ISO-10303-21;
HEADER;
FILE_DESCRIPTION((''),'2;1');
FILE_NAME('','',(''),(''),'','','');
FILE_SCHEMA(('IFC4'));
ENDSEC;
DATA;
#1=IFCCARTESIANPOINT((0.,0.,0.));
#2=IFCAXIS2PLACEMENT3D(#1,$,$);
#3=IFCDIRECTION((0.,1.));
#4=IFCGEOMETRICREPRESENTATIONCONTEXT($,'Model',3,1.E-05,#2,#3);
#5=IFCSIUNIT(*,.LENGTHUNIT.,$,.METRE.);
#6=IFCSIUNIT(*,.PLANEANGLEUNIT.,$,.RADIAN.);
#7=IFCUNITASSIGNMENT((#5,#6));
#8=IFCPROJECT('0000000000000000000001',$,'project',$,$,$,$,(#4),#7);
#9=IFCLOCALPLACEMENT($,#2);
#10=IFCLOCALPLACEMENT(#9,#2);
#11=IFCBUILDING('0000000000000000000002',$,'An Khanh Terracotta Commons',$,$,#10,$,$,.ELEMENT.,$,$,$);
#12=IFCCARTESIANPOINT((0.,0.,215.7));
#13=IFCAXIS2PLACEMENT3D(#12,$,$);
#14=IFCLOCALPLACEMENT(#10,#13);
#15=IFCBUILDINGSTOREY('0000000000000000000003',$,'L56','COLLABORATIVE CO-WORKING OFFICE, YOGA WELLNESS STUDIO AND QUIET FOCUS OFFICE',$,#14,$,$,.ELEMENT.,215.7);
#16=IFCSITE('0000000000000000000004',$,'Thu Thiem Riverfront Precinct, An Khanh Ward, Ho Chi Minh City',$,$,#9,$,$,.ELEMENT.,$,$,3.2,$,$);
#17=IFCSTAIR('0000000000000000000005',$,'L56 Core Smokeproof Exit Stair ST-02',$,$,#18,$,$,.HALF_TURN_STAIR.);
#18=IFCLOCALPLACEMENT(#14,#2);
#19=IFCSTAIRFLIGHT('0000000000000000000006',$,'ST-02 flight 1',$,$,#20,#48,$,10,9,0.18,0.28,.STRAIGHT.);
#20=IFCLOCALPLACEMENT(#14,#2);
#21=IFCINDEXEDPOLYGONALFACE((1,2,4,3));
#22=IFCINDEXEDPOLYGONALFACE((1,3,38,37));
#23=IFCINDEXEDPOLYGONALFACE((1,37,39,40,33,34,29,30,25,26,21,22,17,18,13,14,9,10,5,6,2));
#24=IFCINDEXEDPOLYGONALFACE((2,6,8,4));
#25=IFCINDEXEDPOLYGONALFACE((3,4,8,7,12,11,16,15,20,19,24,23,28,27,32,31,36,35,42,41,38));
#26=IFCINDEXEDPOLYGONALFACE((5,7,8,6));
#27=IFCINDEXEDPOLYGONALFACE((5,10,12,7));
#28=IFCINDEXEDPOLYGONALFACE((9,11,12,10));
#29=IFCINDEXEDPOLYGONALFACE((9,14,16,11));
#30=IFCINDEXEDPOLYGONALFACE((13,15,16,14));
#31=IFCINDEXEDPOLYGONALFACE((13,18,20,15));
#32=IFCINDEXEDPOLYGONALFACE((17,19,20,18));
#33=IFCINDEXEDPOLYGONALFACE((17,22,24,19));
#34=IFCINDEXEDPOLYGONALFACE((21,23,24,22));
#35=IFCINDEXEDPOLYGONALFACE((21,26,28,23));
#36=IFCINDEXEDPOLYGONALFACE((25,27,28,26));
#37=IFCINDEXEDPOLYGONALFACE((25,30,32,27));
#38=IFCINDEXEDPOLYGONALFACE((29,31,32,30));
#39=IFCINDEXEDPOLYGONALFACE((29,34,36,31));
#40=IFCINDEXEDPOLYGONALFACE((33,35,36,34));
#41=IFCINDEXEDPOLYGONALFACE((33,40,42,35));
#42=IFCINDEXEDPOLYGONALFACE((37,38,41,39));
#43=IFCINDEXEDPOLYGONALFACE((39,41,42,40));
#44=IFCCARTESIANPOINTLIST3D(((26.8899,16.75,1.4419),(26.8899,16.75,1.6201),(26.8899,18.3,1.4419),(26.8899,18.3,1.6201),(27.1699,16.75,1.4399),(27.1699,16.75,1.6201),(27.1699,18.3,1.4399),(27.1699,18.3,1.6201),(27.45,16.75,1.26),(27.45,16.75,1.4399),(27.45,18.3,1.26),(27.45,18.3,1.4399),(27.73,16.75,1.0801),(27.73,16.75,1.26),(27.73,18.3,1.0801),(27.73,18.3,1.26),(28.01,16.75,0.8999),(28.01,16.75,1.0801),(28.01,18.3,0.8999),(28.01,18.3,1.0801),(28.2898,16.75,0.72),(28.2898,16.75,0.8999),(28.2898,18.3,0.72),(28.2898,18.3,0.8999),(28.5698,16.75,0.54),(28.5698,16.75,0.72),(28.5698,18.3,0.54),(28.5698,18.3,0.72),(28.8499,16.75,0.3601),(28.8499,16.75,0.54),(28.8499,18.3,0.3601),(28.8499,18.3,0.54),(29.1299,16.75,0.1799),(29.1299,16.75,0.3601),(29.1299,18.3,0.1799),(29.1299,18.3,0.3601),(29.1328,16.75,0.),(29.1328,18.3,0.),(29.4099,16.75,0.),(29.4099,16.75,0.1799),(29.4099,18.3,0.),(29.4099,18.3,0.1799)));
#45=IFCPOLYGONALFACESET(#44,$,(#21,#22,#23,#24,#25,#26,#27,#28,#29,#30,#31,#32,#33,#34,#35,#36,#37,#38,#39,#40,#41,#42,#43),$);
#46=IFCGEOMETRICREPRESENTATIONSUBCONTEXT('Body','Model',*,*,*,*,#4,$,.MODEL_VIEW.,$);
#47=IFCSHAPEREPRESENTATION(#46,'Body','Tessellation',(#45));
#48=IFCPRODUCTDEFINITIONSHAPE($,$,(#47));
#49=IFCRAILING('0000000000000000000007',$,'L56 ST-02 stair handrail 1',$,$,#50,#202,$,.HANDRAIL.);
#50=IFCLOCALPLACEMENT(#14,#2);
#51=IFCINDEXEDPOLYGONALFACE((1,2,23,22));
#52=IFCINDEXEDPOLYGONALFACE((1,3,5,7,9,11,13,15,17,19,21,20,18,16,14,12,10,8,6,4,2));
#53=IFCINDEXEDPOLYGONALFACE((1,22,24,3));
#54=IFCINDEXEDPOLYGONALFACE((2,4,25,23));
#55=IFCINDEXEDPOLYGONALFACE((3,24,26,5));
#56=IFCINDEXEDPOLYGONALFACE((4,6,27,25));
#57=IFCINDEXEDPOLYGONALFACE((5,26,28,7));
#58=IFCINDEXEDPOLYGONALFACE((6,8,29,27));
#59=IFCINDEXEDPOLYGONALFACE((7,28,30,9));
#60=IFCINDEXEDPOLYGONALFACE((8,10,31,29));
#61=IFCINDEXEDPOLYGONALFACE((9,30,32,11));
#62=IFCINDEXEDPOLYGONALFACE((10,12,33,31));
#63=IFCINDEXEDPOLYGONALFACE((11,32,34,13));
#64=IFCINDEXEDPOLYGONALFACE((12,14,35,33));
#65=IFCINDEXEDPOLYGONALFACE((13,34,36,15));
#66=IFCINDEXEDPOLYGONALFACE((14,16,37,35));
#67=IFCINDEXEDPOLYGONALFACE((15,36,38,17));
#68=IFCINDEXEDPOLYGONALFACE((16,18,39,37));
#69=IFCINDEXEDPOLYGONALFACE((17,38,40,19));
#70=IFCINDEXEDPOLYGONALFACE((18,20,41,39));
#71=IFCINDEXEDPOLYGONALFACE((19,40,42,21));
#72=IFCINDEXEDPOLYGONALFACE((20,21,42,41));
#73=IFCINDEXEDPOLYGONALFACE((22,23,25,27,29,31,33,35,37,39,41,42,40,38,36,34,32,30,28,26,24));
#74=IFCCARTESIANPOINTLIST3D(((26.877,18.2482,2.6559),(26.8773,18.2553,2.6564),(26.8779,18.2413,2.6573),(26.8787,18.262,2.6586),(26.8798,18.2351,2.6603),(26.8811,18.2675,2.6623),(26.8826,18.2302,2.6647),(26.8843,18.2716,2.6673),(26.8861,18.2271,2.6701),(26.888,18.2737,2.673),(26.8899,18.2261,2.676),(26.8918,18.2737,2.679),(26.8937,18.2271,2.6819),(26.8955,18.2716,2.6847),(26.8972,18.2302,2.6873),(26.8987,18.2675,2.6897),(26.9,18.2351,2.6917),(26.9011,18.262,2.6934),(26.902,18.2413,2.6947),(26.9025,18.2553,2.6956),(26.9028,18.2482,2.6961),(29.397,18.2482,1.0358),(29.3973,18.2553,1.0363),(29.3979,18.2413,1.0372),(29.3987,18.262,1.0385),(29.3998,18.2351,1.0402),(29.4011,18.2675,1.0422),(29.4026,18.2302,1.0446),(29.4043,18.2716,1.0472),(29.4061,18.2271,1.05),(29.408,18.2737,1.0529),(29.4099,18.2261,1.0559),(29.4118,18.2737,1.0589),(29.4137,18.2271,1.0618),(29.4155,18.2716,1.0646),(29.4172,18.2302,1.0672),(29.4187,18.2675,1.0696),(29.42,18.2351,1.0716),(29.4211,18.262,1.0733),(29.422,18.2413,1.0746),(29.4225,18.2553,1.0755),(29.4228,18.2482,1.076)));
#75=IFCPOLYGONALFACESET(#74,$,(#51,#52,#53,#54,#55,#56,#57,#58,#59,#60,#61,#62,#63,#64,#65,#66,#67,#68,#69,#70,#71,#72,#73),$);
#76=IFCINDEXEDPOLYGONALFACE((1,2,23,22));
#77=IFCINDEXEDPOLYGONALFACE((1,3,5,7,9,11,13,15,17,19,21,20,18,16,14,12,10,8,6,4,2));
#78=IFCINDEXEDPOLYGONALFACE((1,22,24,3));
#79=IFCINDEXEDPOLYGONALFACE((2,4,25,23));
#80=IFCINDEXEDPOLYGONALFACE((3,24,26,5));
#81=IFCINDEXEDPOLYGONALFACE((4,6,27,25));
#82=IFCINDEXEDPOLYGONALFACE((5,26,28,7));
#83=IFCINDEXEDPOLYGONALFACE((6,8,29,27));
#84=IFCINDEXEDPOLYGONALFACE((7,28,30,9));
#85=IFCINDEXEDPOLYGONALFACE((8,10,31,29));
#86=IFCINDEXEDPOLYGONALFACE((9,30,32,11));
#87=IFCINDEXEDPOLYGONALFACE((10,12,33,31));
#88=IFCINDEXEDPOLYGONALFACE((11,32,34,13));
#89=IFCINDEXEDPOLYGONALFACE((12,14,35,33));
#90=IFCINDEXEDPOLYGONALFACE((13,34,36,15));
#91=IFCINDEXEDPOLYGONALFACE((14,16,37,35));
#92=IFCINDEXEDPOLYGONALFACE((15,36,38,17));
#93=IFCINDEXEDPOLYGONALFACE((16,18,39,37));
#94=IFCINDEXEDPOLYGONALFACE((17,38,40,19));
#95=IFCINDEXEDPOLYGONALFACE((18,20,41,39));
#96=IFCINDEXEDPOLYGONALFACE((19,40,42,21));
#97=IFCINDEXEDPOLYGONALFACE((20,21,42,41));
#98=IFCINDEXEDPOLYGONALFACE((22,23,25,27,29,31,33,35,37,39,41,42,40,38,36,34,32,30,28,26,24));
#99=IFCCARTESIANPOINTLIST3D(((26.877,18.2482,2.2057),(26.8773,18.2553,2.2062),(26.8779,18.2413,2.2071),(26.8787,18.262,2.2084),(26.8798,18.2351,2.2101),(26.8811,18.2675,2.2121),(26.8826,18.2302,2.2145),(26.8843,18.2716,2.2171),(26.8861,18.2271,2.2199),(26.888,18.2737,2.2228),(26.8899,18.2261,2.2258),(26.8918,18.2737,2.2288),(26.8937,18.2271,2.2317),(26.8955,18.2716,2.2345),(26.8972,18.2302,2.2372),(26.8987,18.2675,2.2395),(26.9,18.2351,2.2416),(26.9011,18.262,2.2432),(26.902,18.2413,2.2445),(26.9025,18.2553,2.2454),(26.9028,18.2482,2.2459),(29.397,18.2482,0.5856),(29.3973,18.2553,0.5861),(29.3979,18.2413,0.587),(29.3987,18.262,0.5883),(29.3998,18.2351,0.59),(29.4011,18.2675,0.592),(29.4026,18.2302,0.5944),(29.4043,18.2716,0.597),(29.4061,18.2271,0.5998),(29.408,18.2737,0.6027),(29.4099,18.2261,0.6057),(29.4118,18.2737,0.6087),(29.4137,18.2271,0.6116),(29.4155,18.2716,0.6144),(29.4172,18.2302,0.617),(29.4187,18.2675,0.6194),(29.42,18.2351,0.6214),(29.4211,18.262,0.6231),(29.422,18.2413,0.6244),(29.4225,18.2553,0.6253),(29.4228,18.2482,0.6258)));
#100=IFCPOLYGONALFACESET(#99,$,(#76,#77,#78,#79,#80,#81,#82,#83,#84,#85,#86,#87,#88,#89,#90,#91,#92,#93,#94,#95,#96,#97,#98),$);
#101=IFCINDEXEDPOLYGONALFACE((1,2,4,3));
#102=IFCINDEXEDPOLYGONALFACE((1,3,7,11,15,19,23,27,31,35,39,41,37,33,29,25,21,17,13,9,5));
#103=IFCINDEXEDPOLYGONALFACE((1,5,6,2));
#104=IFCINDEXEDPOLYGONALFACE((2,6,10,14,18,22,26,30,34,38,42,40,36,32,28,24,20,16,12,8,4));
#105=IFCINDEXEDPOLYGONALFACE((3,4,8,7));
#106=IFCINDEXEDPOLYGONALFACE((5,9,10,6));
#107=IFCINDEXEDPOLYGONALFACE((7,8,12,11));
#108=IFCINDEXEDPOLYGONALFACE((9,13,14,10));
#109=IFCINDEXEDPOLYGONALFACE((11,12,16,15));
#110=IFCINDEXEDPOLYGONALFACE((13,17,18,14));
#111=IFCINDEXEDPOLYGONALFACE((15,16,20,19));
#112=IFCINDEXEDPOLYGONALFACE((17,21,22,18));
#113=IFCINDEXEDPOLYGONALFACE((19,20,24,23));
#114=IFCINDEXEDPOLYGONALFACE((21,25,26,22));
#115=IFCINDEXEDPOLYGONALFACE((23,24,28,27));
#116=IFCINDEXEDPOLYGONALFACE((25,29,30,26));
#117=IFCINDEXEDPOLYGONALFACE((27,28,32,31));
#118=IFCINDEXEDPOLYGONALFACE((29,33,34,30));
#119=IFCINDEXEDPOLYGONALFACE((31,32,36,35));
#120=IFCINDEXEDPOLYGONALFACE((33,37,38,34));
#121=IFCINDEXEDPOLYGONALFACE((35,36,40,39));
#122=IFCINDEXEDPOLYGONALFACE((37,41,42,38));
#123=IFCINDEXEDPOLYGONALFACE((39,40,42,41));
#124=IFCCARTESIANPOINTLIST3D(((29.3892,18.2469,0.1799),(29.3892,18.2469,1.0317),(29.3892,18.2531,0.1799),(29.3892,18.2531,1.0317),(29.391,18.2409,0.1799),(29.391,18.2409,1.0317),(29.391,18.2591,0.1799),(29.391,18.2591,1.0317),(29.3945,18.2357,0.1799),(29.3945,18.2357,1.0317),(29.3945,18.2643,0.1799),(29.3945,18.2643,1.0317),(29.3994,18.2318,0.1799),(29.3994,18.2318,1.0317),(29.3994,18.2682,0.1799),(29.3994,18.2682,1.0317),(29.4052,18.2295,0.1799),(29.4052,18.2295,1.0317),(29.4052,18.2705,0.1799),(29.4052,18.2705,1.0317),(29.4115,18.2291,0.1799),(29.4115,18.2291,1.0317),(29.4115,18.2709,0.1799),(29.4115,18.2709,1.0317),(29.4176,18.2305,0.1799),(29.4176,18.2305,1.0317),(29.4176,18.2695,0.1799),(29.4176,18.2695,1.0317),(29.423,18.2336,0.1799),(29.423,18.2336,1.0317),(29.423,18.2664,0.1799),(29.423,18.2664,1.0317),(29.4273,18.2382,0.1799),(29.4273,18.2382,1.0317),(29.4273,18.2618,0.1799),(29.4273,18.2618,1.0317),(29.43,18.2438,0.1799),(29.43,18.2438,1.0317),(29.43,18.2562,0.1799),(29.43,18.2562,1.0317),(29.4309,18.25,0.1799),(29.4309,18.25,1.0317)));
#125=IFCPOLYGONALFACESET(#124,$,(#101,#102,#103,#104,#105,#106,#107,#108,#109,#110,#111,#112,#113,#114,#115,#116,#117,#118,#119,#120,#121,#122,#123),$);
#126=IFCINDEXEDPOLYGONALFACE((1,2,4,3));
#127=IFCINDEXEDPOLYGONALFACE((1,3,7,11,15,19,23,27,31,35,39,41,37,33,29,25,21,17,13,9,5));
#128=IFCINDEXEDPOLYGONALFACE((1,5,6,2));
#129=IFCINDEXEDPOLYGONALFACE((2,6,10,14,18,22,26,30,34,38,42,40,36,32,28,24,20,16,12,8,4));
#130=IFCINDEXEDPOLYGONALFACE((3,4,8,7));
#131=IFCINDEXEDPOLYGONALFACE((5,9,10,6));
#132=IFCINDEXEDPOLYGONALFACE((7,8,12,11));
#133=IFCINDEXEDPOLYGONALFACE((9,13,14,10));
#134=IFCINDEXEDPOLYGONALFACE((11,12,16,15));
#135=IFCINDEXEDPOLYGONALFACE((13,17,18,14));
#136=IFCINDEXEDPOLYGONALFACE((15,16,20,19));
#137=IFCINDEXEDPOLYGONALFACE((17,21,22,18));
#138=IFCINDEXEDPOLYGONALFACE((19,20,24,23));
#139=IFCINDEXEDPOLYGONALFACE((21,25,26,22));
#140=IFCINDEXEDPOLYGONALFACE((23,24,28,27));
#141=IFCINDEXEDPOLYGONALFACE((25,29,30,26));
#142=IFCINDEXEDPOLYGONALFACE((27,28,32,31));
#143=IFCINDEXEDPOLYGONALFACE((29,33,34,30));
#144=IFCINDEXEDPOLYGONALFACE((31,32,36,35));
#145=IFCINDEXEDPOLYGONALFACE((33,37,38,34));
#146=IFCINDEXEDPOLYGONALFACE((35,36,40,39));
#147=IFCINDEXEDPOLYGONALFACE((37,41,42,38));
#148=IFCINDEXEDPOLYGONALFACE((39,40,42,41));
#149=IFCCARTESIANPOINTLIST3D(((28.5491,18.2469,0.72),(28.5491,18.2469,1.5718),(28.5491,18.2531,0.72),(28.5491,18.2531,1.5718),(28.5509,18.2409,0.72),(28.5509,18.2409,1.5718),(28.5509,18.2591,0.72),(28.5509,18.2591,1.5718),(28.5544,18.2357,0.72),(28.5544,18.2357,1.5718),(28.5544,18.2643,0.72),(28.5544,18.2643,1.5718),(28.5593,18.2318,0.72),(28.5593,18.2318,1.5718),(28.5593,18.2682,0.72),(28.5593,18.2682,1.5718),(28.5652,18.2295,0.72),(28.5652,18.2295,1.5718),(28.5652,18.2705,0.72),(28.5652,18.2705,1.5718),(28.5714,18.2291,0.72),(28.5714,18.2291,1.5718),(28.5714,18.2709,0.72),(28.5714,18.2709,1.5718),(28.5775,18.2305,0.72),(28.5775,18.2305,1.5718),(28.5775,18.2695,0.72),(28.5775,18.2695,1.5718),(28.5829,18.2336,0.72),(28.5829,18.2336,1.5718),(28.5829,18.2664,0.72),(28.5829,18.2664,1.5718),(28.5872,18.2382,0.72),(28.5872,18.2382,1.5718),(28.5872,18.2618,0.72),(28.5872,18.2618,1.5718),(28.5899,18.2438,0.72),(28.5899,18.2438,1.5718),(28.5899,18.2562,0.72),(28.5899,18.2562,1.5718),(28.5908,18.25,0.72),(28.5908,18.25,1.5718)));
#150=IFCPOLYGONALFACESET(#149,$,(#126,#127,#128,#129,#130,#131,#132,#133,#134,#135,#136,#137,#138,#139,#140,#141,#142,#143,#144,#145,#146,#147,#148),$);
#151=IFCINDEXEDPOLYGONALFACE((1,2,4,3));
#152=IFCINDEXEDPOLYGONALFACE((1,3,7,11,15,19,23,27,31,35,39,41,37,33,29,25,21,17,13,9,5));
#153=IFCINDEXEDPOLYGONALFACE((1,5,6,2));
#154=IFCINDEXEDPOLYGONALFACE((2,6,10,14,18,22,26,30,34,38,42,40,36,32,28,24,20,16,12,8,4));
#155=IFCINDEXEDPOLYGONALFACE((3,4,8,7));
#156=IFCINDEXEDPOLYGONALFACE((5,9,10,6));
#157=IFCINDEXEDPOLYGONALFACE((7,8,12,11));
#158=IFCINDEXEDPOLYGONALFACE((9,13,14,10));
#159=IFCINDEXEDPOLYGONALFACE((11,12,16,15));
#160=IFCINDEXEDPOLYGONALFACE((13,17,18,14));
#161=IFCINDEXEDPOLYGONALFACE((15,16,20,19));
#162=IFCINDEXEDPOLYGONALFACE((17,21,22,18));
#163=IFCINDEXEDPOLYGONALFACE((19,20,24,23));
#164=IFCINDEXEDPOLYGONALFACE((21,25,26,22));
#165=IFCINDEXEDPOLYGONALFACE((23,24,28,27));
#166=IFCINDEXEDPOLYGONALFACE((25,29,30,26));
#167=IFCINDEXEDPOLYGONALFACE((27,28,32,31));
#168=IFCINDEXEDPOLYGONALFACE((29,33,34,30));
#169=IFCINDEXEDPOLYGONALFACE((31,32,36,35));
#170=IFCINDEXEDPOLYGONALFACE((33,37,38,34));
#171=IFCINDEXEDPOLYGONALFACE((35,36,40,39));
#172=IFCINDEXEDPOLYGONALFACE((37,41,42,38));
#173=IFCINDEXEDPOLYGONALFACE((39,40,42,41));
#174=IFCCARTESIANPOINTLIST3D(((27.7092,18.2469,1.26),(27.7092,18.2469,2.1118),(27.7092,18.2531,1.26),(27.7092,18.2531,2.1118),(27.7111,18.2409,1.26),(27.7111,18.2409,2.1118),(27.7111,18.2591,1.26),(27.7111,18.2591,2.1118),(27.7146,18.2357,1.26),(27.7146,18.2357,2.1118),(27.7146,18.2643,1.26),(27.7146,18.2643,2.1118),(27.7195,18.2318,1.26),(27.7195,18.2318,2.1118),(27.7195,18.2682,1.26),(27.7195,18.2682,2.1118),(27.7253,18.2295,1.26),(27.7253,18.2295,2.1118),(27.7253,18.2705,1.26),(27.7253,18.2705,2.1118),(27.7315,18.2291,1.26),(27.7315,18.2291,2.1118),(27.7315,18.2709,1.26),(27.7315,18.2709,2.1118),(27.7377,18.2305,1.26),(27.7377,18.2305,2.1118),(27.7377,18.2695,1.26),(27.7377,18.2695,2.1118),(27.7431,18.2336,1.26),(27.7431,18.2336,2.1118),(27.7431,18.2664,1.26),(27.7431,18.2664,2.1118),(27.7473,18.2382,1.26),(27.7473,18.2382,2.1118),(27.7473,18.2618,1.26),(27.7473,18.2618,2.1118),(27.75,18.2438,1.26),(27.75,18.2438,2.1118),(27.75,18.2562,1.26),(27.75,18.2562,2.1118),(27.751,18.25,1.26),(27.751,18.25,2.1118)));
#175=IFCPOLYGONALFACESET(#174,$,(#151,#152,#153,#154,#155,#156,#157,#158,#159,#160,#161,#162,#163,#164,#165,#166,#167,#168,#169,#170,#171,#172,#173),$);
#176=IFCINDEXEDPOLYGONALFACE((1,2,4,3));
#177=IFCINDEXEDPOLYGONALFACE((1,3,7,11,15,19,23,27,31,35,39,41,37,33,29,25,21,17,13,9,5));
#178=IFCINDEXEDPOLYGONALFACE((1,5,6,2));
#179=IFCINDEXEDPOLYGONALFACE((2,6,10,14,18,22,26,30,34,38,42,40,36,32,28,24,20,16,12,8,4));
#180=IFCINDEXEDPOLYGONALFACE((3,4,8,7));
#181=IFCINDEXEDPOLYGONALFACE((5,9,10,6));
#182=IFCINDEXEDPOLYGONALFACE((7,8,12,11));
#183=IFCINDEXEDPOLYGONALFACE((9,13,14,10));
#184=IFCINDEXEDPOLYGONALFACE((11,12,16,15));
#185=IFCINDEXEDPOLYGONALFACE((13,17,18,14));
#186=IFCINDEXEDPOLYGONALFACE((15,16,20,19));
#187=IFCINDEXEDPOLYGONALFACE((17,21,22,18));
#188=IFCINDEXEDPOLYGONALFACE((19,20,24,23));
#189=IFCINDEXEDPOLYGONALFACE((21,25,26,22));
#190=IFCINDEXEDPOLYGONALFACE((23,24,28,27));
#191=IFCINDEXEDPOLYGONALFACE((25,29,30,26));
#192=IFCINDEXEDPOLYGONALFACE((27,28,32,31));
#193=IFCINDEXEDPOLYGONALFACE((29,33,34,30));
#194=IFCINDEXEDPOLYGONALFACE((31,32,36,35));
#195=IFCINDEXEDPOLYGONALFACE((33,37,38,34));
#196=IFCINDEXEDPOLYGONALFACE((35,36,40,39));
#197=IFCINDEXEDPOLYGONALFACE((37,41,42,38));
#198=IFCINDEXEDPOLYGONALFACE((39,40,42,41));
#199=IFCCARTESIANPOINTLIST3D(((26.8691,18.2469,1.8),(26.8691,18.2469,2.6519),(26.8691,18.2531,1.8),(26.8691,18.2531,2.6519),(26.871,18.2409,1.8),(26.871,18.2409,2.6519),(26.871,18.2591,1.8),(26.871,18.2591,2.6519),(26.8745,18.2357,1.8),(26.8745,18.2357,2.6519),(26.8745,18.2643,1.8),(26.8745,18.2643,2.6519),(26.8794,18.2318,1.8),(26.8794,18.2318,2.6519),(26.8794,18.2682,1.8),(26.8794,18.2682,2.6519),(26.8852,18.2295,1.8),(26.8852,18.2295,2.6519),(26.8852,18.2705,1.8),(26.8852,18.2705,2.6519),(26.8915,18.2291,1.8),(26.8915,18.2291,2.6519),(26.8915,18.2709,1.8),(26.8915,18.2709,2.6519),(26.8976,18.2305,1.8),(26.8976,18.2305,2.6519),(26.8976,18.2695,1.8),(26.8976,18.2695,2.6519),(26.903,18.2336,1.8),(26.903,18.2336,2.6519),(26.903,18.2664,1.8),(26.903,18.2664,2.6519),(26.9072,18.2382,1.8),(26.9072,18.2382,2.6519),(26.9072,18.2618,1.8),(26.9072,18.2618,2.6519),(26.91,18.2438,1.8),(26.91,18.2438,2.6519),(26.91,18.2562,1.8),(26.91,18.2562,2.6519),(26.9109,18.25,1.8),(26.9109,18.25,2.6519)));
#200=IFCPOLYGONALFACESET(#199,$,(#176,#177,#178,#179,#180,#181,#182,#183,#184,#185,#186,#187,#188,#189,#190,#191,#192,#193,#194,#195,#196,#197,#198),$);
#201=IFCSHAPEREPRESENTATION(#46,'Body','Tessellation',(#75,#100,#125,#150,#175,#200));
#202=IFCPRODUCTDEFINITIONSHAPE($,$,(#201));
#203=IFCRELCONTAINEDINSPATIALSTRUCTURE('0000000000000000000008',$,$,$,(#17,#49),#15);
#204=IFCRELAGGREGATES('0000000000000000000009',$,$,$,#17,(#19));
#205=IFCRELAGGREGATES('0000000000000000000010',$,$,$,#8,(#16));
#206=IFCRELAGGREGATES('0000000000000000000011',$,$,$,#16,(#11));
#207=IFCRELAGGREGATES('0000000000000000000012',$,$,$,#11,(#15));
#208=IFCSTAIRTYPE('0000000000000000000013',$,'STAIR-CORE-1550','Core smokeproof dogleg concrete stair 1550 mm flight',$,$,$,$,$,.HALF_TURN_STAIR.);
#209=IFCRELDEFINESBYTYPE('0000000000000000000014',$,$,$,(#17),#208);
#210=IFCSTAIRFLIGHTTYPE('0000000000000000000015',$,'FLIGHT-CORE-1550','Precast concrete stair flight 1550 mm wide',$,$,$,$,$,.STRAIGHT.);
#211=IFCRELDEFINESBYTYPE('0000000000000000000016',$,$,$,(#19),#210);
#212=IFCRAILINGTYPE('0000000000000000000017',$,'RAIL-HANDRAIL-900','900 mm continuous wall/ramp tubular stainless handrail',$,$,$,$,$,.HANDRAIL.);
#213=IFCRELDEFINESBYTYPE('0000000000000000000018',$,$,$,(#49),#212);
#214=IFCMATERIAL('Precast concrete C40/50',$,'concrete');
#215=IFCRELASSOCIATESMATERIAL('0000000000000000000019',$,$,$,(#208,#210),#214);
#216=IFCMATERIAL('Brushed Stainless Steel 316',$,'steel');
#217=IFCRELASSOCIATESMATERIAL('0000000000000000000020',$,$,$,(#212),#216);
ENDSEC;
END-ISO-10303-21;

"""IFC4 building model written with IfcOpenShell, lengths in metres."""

from ifc_helpers import new_model, si_unit, direction, frame, origin, origin_2d, place, context, subcontext, project, spatial, polyline, circle, outline, extrude, material, type_object, element, aggregate, save


model = new_model("IFC4")

# Units and contexts
model_context = context("Model", 3, precision=1e-05, world=origin(), true_north=direction((0.0, 1.0)))
body_context = subcontext(model_context, "Body", "Model", "MODEL_VIEW")
ifc_project = project(units=[si_unit("LENGTHUNIT", "METRE"), si_unit("PLANEANGLEUNIT", "RADIAN")], contexts=[model_context])

# Site, building, storey
site_placement = place(None, origin())
site = spatial("IfcSite", under=ifc_project, at=site_placement, Name="Thu Thiem Riverfront Precinct, An Khanh Ward, Ho Chi Minh City", CompositionType="ELEMENT", RefElevation=3.2)
building_placement = place(site_placement, origin())
building = spatial("IfcBuilding", under=site, at=building_placement, Name="An Khanh Terracotta Commons", CompositionType="ELEMENT")
storey_placement = place(building_placement, frame((0.0, 0.0, 215.7)))
storey = spatial("IfcBuildingStorey", under=building, at=storey_placement, Name="L56", Description="COLLABORATIVE CO-WORKING OFFICE, YOGA WELLNESS STUDIO AND QUIET FOCUS OFFICE", CompositionType="ELEMENT", Elevation=215.7)

# Stair, stair flight
ifc_material_1 = material(Name="Precast concrete C40/50", Category="concrete")
stair_type = type_object("IfcStairType", Name="STAIR-CORE-1550", Description="Core smokeproof dogleg concrete stair 1550 mm flight", PredefinedType="HALF_TURN_STAIR", material=ifc_material_1)
stair_placement = place(storey_placement, origin())
stair = element("IfcStair", 1, at=stair_placement, inside=storey, type_object=stair_type, Name="L56 Core Smokeproof Exit Stair ST-02", PredefinedType="HALF_TURN_STAIR")
stair_flight_type = type_object("IfcStairFlightType", Name="FLIGHT-CORE-1550", Description="Precast concrete stair flight 1550 mm wide", PredefinedType="STRAIGHT", material=ifc_material_1)
stair_flight_placement = place(storey_placement, frame((29.4099, 17.5249, 0.0), z_axis=(0.0, 0.0, 1.0), x_axis=(-1.0, 0.0, 0.0)))
stair_flight = element("IfcStairFlight", 2, at=stair_flight_placement, type_object=stair_flight_type, Name="ST-02 flight 1", NumberOfRisers=10, NumberOfTreads=9, PredefinedType="STRAIGHT", RiserHeight=0.18, TreadLength=0.28, context=body_context, shape_type="SweptSolid", body=[
    extrude(outline(polyline([(0.0, 0.0), (0.0, 0.1799), (0.28, 0.1799), (0.28, 0.3601), (0.5601, 0.3601), (0.5601, 0.54), (0.8401, 0.54), (0.8401, 0.72), (1.1201, 0.72), (1.1201, 0.8999), (1.3999, 0.8999), (1.3999, 1.0801), (1.6799, 1.0801), (1.6799, 1.26), (1.96, 1.26), (1.96, 1.4399), (2.24, 1.4399), (2.24, 1.6201), (2.52, 1.6201), (2.52, 1.8), (2.52, 1.4419), (0.2771, 0.0), (0.0, 0.0)])), frame((0.0, 0.7749, 0.0), z_axis=(0.0, -1.0, 0.0), x_axis=(1.0, 0.0, 0.0)), (0.0, 0.0, 1.0), 1.55),
])
aggregate(stair, [stair_flight])

# Railing
ifc_material_2 = material(Name="Brushed Stainless Steel 316", Category="steel")
railing_type_1 = type_object("IfcRailingType", Name="RAIL-HANDRAIL-900", Description="900 mm continuous wall/ramp tubular stainless handrail", PredefinedType="HANDRAIL", material=ifc_material_2)
railing_1_placement = place(storey_placement, frame((29.4099, 18.25, 0.1799)))
element("IfcRailing", 3, at=railing_1_placement, inside=storey, type_object=railing_type_1, Name="L56 ST-02 stair handrail 1", PredefinedType="HANDRAIL", context=body_context, shape_type="SweptSolid", body=[
    extrude(circle(Radius=0.0239, at=origin_2d()), frame((0.0, 0.0, 0.876), z_axis=(-0.841163, 0.0, 0.540782), x_axis=(0.0, -1.0, 0.0)), (0.0, 0.0, 1.0), 2.9958),
    extrude(circle(Radius=0.0239, at=origin_2d()), frame((0.0, 0.0, 0.4258), z_axis=(-0.841163, 0.0, 0.540782), x_axis=(0.0, -1.0, 0.0)), (0.0, 0.0, 1.0), 2.9958),
    extrude(circle(Radius=0.021, at=origin_2d()), origin(), (0.0, 0.0, 1.0), 0.8518),
    extrude(circle(Radius=0.021, at=origin_2d()), frame((-0.8401, 0.0, 0.54)), (0.0, 0.0, 1.0), 0.8518),
    extrude(circle(Radius=0.021, at=origin_2d()), frame((-1.6799, 0.0, 1.0801)), (0.0, 0.0, 1.0), 0.8518),
    extrude(circle(Radius=0.021, at=origin_2d()), frame((-2.52, 0.0, 1.6201)), (0.0, 0.0, 1.0), 0.8518),
])

save(model, "model.ifc")
